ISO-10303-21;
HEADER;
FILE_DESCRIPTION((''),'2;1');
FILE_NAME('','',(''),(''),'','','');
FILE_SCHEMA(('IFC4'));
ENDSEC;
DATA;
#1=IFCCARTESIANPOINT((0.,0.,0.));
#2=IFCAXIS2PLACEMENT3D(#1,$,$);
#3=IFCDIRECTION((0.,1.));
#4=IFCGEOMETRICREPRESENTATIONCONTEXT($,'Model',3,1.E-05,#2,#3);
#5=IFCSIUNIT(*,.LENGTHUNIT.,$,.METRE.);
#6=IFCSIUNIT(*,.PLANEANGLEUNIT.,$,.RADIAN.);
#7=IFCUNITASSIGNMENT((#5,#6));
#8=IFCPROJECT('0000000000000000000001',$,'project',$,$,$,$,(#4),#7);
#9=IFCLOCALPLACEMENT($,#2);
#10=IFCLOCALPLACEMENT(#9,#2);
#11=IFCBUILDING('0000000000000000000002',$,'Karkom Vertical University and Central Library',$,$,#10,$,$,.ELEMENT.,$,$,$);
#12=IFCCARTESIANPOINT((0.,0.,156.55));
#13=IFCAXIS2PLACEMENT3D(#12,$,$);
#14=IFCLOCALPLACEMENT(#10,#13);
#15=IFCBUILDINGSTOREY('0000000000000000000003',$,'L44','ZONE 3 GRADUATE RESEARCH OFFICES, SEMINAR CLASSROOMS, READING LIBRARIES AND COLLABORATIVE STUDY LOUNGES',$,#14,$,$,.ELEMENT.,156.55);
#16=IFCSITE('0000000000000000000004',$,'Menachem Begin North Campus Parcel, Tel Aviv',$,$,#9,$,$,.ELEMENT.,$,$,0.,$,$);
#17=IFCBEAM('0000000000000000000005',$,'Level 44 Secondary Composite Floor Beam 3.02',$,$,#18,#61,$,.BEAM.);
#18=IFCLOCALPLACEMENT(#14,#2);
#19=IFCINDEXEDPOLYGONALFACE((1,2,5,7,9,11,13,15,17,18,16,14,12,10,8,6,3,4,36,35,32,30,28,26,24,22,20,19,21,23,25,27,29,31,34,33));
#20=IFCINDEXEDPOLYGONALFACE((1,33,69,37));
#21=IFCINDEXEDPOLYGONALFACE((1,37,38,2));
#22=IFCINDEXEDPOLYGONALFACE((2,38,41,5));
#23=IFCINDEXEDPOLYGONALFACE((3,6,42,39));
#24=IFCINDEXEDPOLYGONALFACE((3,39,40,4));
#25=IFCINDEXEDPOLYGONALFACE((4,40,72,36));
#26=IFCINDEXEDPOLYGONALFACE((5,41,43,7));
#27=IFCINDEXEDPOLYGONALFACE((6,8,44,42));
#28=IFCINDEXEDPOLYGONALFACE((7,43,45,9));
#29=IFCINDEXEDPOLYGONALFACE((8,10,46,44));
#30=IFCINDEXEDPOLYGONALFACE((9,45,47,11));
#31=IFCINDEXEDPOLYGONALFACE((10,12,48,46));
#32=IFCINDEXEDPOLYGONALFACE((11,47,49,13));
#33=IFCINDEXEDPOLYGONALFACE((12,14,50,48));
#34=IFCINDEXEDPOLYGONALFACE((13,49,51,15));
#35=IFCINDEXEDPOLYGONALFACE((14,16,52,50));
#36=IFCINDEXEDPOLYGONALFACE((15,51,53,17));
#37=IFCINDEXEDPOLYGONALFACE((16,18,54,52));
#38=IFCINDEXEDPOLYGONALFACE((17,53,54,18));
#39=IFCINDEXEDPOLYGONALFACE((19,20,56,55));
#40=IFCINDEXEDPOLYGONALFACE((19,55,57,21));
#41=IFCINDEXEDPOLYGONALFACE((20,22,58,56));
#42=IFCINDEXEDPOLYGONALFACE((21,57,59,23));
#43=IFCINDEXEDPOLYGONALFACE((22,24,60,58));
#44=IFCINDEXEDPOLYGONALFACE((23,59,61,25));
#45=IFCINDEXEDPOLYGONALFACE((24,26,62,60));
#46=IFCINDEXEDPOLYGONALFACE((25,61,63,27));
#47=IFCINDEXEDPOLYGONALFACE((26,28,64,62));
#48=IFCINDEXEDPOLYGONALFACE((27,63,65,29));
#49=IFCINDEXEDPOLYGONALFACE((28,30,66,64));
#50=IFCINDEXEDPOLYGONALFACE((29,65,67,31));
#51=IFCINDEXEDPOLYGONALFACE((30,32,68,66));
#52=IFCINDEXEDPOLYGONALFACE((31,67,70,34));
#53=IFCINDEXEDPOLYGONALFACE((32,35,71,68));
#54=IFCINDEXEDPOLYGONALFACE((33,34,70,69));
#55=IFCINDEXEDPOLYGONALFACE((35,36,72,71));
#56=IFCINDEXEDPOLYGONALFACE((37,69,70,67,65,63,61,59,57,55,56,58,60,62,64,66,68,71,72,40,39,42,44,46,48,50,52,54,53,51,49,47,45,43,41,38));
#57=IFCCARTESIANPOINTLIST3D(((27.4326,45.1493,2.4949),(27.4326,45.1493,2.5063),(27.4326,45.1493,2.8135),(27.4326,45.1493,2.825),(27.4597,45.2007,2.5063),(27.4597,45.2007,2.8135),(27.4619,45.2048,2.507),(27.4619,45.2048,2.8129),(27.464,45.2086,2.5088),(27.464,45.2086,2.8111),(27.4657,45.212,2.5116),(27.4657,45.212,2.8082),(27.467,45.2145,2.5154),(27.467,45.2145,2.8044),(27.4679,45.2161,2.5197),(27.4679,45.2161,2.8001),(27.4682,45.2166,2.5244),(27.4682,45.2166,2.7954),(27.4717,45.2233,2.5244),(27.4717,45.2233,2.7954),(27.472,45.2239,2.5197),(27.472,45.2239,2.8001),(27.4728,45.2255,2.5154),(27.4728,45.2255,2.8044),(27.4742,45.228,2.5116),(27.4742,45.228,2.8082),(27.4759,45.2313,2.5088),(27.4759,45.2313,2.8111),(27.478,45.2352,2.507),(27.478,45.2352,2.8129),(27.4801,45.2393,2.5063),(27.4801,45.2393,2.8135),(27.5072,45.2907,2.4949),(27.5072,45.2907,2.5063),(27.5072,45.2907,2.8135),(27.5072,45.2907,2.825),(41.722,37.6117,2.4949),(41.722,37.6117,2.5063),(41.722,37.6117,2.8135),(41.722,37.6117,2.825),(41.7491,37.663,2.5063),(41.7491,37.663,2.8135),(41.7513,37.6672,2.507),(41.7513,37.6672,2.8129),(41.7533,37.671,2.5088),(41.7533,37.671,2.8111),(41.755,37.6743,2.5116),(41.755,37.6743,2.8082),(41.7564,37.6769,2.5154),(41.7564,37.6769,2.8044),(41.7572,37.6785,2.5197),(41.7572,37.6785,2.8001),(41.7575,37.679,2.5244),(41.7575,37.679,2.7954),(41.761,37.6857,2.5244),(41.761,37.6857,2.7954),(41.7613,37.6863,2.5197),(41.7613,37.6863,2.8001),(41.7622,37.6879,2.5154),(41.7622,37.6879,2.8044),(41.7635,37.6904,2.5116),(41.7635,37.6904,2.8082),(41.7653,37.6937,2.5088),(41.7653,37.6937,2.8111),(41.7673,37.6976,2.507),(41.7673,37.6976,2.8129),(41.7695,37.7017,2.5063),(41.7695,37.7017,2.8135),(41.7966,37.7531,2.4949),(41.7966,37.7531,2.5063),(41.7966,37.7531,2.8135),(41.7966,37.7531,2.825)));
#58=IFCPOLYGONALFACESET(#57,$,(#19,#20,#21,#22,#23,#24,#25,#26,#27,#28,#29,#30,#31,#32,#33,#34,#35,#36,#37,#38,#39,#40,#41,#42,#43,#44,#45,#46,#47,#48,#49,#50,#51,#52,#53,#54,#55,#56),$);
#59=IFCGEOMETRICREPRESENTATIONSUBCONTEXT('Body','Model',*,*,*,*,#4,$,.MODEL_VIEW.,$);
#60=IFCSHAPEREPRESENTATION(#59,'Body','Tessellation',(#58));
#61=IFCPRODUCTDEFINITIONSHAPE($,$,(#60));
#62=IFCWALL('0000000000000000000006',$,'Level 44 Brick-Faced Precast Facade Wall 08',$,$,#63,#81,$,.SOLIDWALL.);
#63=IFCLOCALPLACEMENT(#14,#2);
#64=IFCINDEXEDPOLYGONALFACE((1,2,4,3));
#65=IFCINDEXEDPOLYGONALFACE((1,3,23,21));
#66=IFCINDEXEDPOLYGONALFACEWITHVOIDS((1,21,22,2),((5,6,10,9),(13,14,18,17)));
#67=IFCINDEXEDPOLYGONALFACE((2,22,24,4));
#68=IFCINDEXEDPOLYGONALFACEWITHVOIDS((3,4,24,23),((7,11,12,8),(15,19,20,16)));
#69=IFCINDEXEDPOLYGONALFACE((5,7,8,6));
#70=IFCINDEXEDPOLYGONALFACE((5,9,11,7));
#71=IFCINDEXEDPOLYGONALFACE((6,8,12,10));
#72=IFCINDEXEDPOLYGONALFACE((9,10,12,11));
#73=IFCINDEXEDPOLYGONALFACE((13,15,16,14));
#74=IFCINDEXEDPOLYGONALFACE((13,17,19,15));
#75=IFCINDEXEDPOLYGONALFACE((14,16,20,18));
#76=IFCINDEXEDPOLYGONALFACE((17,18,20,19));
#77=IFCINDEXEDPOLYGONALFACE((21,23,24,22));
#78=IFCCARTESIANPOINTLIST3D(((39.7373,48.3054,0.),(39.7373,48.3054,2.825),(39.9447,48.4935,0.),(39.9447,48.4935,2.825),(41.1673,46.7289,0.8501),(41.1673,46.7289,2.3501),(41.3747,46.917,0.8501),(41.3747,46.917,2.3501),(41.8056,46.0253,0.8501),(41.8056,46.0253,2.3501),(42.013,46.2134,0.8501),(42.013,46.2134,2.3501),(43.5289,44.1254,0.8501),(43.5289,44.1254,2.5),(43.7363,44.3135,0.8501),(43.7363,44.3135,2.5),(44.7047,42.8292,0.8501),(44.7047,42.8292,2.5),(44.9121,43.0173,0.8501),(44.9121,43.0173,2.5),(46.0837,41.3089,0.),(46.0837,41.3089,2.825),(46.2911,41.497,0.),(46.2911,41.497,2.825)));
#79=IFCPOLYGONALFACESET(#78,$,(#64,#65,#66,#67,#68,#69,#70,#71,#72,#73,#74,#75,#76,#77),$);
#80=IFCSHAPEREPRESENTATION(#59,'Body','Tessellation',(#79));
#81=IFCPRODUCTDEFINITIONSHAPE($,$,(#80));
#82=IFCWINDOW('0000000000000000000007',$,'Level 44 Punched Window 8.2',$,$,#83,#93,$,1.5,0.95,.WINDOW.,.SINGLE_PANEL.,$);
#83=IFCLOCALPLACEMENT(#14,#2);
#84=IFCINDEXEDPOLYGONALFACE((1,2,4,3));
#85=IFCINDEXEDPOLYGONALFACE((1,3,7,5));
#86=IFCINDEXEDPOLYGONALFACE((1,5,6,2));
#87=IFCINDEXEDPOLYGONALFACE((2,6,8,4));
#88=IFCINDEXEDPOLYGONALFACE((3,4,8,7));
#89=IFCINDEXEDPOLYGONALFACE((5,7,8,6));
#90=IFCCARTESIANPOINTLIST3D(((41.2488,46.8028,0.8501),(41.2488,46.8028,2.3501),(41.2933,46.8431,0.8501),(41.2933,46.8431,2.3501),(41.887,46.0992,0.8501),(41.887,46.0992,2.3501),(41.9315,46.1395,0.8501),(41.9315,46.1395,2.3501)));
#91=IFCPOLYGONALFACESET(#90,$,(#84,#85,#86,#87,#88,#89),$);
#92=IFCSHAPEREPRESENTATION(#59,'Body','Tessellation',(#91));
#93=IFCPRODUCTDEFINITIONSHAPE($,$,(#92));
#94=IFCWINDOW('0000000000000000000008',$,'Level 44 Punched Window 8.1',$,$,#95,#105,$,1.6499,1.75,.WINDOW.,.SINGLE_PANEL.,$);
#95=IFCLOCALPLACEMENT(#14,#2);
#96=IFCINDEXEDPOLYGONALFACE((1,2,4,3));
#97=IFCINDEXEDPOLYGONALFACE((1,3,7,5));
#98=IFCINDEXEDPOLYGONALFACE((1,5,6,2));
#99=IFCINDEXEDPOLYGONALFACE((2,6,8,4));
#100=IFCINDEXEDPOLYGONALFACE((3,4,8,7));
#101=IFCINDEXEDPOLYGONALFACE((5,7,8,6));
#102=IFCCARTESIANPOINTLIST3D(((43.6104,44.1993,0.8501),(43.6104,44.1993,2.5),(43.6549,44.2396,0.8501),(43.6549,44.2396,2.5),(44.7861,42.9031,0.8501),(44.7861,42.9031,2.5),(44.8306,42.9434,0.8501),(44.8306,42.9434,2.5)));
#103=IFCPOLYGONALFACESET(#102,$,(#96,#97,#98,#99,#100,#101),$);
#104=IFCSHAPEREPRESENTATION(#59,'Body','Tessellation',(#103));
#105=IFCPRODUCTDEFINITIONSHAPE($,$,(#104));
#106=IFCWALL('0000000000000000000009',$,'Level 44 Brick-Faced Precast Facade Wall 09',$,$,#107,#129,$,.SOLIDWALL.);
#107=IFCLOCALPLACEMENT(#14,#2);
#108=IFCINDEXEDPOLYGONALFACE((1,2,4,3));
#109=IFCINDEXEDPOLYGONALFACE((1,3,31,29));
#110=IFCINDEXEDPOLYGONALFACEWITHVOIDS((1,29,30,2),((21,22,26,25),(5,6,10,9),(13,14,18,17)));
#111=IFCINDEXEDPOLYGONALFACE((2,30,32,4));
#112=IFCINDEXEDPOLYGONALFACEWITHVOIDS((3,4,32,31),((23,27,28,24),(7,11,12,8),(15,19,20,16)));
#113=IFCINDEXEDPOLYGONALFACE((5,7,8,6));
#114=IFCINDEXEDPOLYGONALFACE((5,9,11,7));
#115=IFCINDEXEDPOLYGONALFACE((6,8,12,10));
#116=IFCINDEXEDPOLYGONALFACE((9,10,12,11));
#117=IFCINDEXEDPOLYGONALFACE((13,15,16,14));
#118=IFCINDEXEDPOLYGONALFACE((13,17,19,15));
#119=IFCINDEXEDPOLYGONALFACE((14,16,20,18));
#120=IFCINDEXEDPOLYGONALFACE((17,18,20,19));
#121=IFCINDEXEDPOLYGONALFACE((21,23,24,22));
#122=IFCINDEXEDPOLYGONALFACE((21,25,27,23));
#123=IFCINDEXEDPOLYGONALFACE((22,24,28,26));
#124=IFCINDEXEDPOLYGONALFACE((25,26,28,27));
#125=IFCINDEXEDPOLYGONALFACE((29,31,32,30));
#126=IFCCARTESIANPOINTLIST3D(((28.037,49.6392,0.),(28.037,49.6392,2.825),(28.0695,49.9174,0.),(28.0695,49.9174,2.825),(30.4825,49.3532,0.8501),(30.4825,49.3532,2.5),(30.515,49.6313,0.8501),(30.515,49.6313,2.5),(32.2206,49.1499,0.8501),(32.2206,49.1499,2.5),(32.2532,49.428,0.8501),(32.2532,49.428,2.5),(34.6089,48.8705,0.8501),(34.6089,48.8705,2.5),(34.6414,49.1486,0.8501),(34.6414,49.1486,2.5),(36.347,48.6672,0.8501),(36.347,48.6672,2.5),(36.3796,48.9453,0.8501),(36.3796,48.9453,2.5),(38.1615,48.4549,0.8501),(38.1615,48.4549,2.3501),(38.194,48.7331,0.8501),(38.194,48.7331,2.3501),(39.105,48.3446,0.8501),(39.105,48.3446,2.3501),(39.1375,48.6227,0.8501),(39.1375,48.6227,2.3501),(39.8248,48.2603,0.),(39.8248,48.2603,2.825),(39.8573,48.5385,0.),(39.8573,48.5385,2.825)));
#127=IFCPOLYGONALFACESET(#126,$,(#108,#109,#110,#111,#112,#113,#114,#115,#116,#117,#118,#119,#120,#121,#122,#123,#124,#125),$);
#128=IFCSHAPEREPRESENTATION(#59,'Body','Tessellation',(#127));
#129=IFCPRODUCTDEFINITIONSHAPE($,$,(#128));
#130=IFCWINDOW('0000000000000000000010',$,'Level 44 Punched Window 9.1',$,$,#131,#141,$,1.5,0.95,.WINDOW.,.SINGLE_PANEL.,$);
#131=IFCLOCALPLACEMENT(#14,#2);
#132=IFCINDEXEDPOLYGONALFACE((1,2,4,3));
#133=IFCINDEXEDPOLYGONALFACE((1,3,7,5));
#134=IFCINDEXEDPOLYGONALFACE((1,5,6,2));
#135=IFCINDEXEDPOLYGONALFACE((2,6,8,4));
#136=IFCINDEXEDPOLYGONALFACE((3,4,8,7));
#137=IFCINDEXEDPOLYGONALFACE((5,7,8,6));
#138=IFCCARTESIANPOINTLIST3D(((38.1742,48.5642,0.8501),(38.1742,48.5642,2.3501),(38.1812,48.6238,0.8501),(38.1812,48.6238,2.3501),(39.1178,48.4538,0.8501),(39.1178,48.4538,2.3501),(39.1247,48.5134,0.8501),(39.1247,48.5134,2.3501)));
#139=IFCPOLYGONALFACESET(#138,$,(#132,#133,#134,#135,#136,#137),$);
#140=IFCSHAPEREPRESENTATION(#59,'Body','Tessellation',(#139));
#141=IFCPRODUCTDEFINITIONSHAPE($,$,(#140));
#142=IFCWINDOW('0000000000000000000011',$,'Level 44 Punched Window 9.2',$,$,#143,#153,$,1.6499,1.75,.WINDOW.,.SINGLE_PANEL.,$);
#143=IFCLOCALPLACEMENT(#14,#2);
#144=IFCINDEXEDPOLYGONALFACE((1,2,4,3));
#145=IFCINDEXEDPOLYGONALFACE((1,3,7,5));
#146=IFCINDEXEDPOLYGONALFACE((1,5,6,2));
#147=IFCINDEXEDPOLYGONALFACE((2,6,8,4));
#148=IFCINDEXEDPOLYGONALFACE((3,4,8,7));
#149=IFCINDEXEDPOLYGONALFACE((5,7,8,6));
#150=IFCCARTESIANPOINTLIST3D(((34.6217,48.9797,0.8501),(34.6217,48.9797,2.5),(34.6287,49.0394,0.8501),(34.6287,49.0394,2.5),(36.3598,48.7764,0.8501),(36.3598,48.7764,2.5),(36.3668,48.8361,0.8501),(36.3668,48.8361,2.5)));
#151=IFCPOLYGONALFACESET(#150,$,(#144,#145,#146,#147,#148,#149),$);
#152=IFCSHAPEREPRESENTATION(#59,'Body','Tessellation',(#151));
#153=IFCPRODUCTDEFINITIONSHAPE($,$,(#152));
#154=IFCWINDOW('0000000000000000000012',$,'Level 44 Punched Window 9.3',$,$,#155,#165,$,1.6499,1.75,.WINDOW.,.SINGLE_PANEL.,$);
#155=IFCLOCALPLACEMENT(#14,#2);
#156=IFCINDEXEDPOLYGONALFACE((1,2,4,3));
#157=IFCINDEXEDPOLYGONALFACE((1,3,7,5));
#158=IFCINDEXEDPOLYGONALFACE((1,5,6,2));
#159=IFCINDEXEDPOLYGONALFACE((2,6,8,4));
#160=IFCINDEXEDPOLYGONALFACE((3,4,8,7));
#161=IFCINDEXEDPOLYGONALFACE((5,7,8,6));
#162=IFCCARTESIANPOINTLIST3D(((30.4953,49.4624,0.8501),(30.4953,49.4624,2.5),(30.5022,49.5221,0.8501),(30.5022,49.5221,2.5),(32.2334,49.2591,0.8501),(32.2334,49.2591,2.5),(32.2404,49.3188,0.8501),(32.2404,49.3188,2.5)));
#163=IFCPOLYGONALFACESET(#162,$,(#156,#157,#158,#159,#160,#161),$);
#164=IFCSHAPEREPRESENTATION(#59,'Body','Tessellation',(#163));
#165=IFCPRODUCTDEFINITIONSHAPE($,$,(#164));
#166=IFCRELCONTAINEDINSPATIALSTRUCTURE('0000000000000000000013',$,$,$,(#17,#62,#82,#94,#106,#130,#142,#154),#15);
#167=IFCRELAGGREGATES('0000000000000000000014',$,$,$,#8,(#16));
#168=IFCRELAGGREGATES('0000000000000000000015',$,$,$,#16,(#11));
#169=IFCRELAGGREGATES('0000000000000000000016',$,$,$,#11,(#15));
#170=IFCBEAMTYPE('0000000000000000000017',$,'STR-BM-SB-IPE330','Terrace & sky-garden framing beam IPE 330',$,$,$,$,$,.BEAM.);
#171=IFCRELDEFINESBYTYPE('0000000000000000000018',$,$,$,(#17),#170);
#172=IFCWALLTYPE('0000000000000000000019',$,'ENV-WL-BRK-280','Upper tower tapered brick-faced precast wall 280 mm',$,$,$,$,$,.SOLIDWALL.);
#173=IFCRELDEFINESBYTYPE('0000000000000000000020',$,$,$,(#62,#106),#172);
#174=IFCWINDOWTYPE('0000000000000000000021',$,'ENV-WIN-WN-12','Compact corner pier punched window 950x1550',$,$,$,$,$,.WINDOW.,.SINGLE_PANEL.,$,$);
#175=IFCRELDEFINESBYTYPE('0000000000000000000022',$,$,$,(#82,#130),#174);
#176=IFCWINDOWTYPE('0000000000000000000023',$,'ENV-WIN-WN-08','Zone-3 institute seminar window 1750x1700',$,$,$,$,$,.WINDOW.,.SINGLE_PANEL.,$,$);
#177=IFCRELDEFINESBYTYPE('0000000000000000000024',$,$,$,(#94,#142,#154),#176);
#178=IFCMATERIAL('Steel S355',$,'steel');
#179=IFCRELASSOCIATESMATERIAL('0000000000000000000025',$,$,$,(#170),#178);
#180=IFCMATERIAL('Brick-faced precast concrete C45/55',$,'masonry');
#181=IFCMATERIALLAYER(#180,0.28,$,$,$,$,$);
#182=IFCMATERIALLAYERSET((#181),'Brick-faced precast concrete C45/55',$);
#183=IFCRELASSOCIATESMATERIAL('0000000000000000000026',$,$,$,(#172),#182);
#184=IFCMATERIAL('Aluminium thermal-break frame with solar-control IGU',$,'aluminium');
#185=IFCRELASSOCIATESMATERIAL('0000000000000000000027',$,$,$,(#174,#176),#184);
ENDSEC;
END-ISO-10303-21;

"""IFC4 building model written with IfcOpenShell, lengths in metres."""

from ifc_helpers import new_model, si_unit, direction, frame, frame_2d, origin, origin_with_axes, origin_2d, place, context, subcontext, project, spatial, rectangle, i_section, extrude, source, transform, mapped, material, layer, layer_set, material_profile, profile_set, type_object, element, fill, save


model = new_model("IFC4")

# Units and contexts
model_context = context("Model", 3, precision=1e-05, world=origin(), true_north=direction((0.0, 1.0)))
body_context = subcontext(model_context, "Body", "Model", "MODEL_VIEW")
ifc_project = project(units=[si_unit("LENGTHUNIT", "METRE"), si_unit("PLANEANGLEUNIT", "RADIAN")], contexts=[model_context])

# Site, building, storey
site_placement = place(None, origin())
site = spatial("IfcSite", under=ifc_project, at=site_placement, Name="Menachem Begin North Campus Parcel, Tel Aviv", CompositionType="ELEMENT", RefElevation=0.0)
building_placement = place(site_placement, origin())
building = spatial("IfcBuilding", under=site, at=building_placement, Name="Karkom Vertical University and Central Library", CompositionType="ELEMENT")
storey_placement = place(building_placement, frame((0.0, 0.0, 156.55)))
storey = spatial("IfcBuildingStorey", under=building, at=storey_placement, Name="L44", Description="ZONE 3 GRADUATE RESEARCH OFFICES, SEMINAR CLASSROOMS, READING LIBRARIES AND COLLABORATIVE STUDY LOUNGES", CompositionType="ELEMENT", Elevation=156.55)

# Beam
ifc_material_1 = material(Name="Steel S355", Category="steel")
ifc_material_profile_1 = material_profile(ifc_material_1, i_section(OverallWidth=0.1599, OverallDepth=0.3301, WebThickness=0.0076, FlangeThickness=0.0115, FilletRadius=0.0181, at=origin_2d()), Name="IPE 330")
ifc_profile_set_1 = profile_set([ifc_material_profile_1], Name="Steel S355")
beam_type_1 = type_object("IfcBeamType", Name="STR-BM-SB-IPE330", Description="Terrace & sky-garden framing beam IPE 330", PredefinedType="BEAM", material=ifc_profile_set_1)
shared_shape_1 = source(origin_with_axes(), body_context, "Body", "SweptSolid", [
    extrude(i_section(OverallWidth=0.1599, OverallDepth=0.3301, WebThickness=0.0076, FlangeThickness=0.0115, FilletRadius=0.0181, at=origin_2d()), origin(), (0.0, 0.0, 1.0), 16.1555),
])
beam_1_placement = place(storey_placement, frame((41.7593, 37.6824, 2.6599), z_axis=(-0.884486, 0.466566, 0.0), x_axis=(-0.466566, -0.884486, 0.0)))
element("IfcBeam", 1, at=beam_1_placement, inside=storey, type_object=beam_type_1, Name="Level 44 Secondary Composite Floor Beam 3.02", PredefinedType="BEAM", context=body_context, shape_type="MappedRepresentation", body=[
    mapped(shared_shape_1, transform((0.0, 0.0, 0.0), scale=1.0)),
])

# Walls, openings, windows
ifc_material_2 = material(Name="Brick-faced precast concrete C45/55", Category="masonry")
ifc_layer_1 = layer(ifc_material_2, 0.28)
ifc_layer_set_1 = layer_set([ifc_layer_1], Name="Brick-faced precast concrete C45/55")
wall_type_1 = type_object("IfcWallType", Name="ENV-WL-BRK-280", Description="Upper tower tapered brick-faced precast wall 280 mm", PredefinedType="SOLIDWALL", material=ifc_layer_set_1)
wall_1_placement = place(storey_placement, frame((46.1875, 41.4028, 0.0), z_axis=(0.0, 0.0, 1.0), x_axis=(-0.671856, 0.740682, 0.0)))
wall_1 = element("IfcWall", 2, at=wall_1_placement, inside=storey, type_object=wall_type_1, Name="Level 44 Brick-Faced Precast Facade Wall 08", PredefinedType="SOLIDWALL", context=body_context, shape_type="SweptSolid", body=[
    extrude(rectangle(XDim=9.446, YDim=0.28, at=frame_2d((4.7231, 0.0))), origin(), (0.0, 0.0, 1.0), 2.825),
])
opening_1_placement = place(wall_1_placement, frame((2.0527, 0.0, 0.8501)))
opening_1 = element("IfcOpeningElement", 3, at=opening_1_placement, cuts=wall_1, PredefinedType="OPENING", context=body_context, shape_type="SweptSolid", body=[
    extrude(rectangle(XDim=1.75, YDim=1.6499, at=frame_2d((0.875, 0.825))), frame((0.0, 0.1499, 0.0), z_axis=(0.0, -1.0, 0.0), x_axis=(1.0, 0.0, 0.0)), (0.0, 0.0, 1.0), 0.3),
])
opening_2_placement = place(wall_1_placement, frame((6.3677, 0.0, 0.8501)))
opening_2 = element("IfcOpeningElement", 4, at=opening_2_placement, cuts=wall_1, PredefinedType="OPENING", context=body_context, shape_type="SweptSolid", body=[
    extrude(rectangle(XDim=0.95, YDim=1.5, at=frame_2d((0.4751, 0.75))), frame((0.0, 0.1499, 0.0), z_axis=(0.0, -1.0, 0.0), x_axis=(1.0, 0.0, 0.0)), (0.0, 0.0, 1.0), 0.3),
])
ifc_material_3 = material(Name="Aluminium thermal-break frame with solar-control IGU", Category="aluminium")
window_type_1 = type_object("IfcWindowType", Name="ENV-WIN-WN-12", Description="Compact corner pier punched window 950x1550", PartitioningType="SINGLE_PANEL", PredefinedType="WINDOW", material=ifc_material_3)
shared_shape_2 = source(origin_with_axes(), body_context, "Body", "SweptSolid", [
    extrude(rectangle(XDim=0.95, YDim=1.5, at=frame_2d((0.4751, 0.75))), frame((0.0, 0.03, 0.0), z_axis=(0.0, -1.0, 0.0), x_axis=(1.0, 0.0, 0.0)), (0.0, 0.0, 1.0), 0.0601),
])
window_1_placement = place(opening_2_placement, origin())
window_1 = element("IfcWindow", 5, at=window_1_placement, inside=storey, type_object=window_type_1, Name="Level 44 Punched Window 8.2", OverallHeight=1.5, OverallWidth=0.95, PartitioningType="SINGLE_PANEL", PredefinedType="WINDOW", context=body_context, shape_type="MappedRepresentation", body=[
    mapped(shared_shape_2, transform((0.0, 0.0, 0.0), scale=1.0)),
])
fill(opening_2, window_1)
window_type_2 = type_object("IfcWindowType", Name="ENV-WIN-WN-08", Description="Zone-3 institute seminar window 1750x1700", PartitioningType="SINGLE_PANEL", PredefinedType="WINDOW", material=ifc_material_3)
shared_shape_3 = source(origin_with_axes(), body_context, "Body", "SweptSolid", [
    extrude(rectangle(XDim=1.75, YDim=1.6499, at=frame_2d((0.875, 0.825))), frame((0.0, 0.03, 0.0), z_axis=(0.0, -1.0, 0.0), x_axis=(1.0, 0.0, 0.0)), (0.0, 0.0, 1.0), 0.0601),
])
window_2_placement = place(opening_1_placement, origin())
window_2 = element("IfcWindow", 6, at=window_2_placement, inside=storey, type_object=window_type_2, Name="Level 44 Punched Window 8.1", OverallHeight=1.6499, OverallWidth=1.75, PartitioningType="SINGLE_PANEL", PredefinedType="WINDOW", context=body_context, shape_type="MappedRepresentation", body=[
    mapped(shared_shape_3, transform((0.0, 0.0, 0.0), scale=1.0)),
])
fill(opening_1, window_2)
wall_2_placement = place(storey_placement, frame((39.8411, 48.3994, 0.0), z_axis=(0.0, 0.0, 1.0), x_axis=(-0.993228, 0.116185, 0.0)))
wall_2 = element("IfcWall", 7, at=wall_2_placement, inside=storey, type_object=wall_type_1, Name="Level 44 Brick-Faced Precast Facade Wall 09", PredefinedType="SOLIDWALL", context=body_context, shape_type="SweptSolid", body=[
    extrude(rectangle(XDim=11.8682, YDim=0.28, at=frame_2d((5.9341, 0.0))), origin(), (0.0, 0.0, 1.0), 2.825),
])
opening_3_placement = place(wall_2_placement, frame((0.7246, 0.0, 0.8501)))
opening_3 = element("IfcOpeningElement", 8, at=opening_3_placement, cuts=wall_2, PredefinedType="OPENING", context=body_context, shape_type="SweptSolid", body=[
    extrude(rectangle(XDim=0.95, YDim=1.5, at=frame_2d((0.4751, 0.75))), frame((0.0, 0.1499, 0.0), z_axis=(0.0, -1.0, 0.0), x_axis=(1.0, 0.0, 0.0)), (0.0, 0.0, 1.0), 0.3),
])
opening_4_placement = place(wall_2_placement, frame((3.5015, 0.0, 0.8501)))
opening_4 = element("IfcOpeningElement", 9, at=opening_4_placement, cuts=wall_2, PredefinedType="OPENING", context=body_context, shape_type="SweptSolid", body=[
    extrude(rectangle(XDim=1.75, YDim=1.6499, at=frame_2d((0.875, 0.825))), frame((0.0, 0.1499, 0.0), z_axis=(0.0, -1.0, 0.0), x_axis=(1.0, 0.0, 0.0)), (0.0, 0.0, 1.0), 0.3),
])
opening_5_placement = place(wall_2_placement, frame((7.656, 0.0, 0.8501)))
opening_5 = element("IfcOpeningElement", 10, at=opening_5_placement, cuts=wall_2, PredefinedType="OPENING", context=body_context, shape_type="SweptSolid", body=[
    extrude(rectangle(XDim=1.75, YDim=1.6499, at=frame_2d((0.875, 0.825))), frame((0.0, 0.1499, 0.0), z_axis=(0.0, -1.0, 0.0), x_axis=(1.0, 0.0, 0.0)), (0.0, 0.0, 1.0), 0.3),
])
window_3_placement = place(opening_3_placement, origin())
window_3 = element("IfcWindow", 11, at=window_3_placement, inside=storey, type_object=window_type_1, Name="Level 44 Punched Window 9.1", OverallHeight=1.5, OverallWidth=0.95, PartitioningType="SINGLE_PANEL", PredefinedType="WINDOW", context=body_context, shape_type="MappedRepresentation", body=[
    mapped(shared_shape_2, transform((0.0, 0.0, 0.0), scale=1.0)),
])
fill(opening_3, window_3)
window_4_placement = place(opening_4_placement, origin())
window_4 = element("IfcWindow", 12, at=window_4_placement, inside=storey, type_object=window_type_2, Name="Level 44 Punched Window 9.2", OverallHeight=1.6499, OverallWidth=1.75, PartitioningType="SINGLE_PANEL", PredefinedType="WINDOW", context=body_context, shape_type="MappedRepresentation", body=[
    mapped(shared_shape_3, transform((0.0, 0.0, 0.0), scale=1.0)),
])
fill(opening_4, window_4)
window_5_placement = place(opening_5_placement, origin())
window_5 = element("IfcWindow", 13, at=window_5_placement, inside=storey, type_object=window_type_2, Name="Level 44 Punched Window 9.3", OverallHeight=1.6499, OverallWidth=1.75, PartitioningType="SINGLE_PANEL", PredefinedType="WINDOW", context=body_context, shape_type="MappedRepresentation", body=[
    mapped(shared_shape_3, transform((0.0, 0.0, 0.0), scale=1.0)),
])
fill(opening_5, window_5)

save(model, "model.ifc")
